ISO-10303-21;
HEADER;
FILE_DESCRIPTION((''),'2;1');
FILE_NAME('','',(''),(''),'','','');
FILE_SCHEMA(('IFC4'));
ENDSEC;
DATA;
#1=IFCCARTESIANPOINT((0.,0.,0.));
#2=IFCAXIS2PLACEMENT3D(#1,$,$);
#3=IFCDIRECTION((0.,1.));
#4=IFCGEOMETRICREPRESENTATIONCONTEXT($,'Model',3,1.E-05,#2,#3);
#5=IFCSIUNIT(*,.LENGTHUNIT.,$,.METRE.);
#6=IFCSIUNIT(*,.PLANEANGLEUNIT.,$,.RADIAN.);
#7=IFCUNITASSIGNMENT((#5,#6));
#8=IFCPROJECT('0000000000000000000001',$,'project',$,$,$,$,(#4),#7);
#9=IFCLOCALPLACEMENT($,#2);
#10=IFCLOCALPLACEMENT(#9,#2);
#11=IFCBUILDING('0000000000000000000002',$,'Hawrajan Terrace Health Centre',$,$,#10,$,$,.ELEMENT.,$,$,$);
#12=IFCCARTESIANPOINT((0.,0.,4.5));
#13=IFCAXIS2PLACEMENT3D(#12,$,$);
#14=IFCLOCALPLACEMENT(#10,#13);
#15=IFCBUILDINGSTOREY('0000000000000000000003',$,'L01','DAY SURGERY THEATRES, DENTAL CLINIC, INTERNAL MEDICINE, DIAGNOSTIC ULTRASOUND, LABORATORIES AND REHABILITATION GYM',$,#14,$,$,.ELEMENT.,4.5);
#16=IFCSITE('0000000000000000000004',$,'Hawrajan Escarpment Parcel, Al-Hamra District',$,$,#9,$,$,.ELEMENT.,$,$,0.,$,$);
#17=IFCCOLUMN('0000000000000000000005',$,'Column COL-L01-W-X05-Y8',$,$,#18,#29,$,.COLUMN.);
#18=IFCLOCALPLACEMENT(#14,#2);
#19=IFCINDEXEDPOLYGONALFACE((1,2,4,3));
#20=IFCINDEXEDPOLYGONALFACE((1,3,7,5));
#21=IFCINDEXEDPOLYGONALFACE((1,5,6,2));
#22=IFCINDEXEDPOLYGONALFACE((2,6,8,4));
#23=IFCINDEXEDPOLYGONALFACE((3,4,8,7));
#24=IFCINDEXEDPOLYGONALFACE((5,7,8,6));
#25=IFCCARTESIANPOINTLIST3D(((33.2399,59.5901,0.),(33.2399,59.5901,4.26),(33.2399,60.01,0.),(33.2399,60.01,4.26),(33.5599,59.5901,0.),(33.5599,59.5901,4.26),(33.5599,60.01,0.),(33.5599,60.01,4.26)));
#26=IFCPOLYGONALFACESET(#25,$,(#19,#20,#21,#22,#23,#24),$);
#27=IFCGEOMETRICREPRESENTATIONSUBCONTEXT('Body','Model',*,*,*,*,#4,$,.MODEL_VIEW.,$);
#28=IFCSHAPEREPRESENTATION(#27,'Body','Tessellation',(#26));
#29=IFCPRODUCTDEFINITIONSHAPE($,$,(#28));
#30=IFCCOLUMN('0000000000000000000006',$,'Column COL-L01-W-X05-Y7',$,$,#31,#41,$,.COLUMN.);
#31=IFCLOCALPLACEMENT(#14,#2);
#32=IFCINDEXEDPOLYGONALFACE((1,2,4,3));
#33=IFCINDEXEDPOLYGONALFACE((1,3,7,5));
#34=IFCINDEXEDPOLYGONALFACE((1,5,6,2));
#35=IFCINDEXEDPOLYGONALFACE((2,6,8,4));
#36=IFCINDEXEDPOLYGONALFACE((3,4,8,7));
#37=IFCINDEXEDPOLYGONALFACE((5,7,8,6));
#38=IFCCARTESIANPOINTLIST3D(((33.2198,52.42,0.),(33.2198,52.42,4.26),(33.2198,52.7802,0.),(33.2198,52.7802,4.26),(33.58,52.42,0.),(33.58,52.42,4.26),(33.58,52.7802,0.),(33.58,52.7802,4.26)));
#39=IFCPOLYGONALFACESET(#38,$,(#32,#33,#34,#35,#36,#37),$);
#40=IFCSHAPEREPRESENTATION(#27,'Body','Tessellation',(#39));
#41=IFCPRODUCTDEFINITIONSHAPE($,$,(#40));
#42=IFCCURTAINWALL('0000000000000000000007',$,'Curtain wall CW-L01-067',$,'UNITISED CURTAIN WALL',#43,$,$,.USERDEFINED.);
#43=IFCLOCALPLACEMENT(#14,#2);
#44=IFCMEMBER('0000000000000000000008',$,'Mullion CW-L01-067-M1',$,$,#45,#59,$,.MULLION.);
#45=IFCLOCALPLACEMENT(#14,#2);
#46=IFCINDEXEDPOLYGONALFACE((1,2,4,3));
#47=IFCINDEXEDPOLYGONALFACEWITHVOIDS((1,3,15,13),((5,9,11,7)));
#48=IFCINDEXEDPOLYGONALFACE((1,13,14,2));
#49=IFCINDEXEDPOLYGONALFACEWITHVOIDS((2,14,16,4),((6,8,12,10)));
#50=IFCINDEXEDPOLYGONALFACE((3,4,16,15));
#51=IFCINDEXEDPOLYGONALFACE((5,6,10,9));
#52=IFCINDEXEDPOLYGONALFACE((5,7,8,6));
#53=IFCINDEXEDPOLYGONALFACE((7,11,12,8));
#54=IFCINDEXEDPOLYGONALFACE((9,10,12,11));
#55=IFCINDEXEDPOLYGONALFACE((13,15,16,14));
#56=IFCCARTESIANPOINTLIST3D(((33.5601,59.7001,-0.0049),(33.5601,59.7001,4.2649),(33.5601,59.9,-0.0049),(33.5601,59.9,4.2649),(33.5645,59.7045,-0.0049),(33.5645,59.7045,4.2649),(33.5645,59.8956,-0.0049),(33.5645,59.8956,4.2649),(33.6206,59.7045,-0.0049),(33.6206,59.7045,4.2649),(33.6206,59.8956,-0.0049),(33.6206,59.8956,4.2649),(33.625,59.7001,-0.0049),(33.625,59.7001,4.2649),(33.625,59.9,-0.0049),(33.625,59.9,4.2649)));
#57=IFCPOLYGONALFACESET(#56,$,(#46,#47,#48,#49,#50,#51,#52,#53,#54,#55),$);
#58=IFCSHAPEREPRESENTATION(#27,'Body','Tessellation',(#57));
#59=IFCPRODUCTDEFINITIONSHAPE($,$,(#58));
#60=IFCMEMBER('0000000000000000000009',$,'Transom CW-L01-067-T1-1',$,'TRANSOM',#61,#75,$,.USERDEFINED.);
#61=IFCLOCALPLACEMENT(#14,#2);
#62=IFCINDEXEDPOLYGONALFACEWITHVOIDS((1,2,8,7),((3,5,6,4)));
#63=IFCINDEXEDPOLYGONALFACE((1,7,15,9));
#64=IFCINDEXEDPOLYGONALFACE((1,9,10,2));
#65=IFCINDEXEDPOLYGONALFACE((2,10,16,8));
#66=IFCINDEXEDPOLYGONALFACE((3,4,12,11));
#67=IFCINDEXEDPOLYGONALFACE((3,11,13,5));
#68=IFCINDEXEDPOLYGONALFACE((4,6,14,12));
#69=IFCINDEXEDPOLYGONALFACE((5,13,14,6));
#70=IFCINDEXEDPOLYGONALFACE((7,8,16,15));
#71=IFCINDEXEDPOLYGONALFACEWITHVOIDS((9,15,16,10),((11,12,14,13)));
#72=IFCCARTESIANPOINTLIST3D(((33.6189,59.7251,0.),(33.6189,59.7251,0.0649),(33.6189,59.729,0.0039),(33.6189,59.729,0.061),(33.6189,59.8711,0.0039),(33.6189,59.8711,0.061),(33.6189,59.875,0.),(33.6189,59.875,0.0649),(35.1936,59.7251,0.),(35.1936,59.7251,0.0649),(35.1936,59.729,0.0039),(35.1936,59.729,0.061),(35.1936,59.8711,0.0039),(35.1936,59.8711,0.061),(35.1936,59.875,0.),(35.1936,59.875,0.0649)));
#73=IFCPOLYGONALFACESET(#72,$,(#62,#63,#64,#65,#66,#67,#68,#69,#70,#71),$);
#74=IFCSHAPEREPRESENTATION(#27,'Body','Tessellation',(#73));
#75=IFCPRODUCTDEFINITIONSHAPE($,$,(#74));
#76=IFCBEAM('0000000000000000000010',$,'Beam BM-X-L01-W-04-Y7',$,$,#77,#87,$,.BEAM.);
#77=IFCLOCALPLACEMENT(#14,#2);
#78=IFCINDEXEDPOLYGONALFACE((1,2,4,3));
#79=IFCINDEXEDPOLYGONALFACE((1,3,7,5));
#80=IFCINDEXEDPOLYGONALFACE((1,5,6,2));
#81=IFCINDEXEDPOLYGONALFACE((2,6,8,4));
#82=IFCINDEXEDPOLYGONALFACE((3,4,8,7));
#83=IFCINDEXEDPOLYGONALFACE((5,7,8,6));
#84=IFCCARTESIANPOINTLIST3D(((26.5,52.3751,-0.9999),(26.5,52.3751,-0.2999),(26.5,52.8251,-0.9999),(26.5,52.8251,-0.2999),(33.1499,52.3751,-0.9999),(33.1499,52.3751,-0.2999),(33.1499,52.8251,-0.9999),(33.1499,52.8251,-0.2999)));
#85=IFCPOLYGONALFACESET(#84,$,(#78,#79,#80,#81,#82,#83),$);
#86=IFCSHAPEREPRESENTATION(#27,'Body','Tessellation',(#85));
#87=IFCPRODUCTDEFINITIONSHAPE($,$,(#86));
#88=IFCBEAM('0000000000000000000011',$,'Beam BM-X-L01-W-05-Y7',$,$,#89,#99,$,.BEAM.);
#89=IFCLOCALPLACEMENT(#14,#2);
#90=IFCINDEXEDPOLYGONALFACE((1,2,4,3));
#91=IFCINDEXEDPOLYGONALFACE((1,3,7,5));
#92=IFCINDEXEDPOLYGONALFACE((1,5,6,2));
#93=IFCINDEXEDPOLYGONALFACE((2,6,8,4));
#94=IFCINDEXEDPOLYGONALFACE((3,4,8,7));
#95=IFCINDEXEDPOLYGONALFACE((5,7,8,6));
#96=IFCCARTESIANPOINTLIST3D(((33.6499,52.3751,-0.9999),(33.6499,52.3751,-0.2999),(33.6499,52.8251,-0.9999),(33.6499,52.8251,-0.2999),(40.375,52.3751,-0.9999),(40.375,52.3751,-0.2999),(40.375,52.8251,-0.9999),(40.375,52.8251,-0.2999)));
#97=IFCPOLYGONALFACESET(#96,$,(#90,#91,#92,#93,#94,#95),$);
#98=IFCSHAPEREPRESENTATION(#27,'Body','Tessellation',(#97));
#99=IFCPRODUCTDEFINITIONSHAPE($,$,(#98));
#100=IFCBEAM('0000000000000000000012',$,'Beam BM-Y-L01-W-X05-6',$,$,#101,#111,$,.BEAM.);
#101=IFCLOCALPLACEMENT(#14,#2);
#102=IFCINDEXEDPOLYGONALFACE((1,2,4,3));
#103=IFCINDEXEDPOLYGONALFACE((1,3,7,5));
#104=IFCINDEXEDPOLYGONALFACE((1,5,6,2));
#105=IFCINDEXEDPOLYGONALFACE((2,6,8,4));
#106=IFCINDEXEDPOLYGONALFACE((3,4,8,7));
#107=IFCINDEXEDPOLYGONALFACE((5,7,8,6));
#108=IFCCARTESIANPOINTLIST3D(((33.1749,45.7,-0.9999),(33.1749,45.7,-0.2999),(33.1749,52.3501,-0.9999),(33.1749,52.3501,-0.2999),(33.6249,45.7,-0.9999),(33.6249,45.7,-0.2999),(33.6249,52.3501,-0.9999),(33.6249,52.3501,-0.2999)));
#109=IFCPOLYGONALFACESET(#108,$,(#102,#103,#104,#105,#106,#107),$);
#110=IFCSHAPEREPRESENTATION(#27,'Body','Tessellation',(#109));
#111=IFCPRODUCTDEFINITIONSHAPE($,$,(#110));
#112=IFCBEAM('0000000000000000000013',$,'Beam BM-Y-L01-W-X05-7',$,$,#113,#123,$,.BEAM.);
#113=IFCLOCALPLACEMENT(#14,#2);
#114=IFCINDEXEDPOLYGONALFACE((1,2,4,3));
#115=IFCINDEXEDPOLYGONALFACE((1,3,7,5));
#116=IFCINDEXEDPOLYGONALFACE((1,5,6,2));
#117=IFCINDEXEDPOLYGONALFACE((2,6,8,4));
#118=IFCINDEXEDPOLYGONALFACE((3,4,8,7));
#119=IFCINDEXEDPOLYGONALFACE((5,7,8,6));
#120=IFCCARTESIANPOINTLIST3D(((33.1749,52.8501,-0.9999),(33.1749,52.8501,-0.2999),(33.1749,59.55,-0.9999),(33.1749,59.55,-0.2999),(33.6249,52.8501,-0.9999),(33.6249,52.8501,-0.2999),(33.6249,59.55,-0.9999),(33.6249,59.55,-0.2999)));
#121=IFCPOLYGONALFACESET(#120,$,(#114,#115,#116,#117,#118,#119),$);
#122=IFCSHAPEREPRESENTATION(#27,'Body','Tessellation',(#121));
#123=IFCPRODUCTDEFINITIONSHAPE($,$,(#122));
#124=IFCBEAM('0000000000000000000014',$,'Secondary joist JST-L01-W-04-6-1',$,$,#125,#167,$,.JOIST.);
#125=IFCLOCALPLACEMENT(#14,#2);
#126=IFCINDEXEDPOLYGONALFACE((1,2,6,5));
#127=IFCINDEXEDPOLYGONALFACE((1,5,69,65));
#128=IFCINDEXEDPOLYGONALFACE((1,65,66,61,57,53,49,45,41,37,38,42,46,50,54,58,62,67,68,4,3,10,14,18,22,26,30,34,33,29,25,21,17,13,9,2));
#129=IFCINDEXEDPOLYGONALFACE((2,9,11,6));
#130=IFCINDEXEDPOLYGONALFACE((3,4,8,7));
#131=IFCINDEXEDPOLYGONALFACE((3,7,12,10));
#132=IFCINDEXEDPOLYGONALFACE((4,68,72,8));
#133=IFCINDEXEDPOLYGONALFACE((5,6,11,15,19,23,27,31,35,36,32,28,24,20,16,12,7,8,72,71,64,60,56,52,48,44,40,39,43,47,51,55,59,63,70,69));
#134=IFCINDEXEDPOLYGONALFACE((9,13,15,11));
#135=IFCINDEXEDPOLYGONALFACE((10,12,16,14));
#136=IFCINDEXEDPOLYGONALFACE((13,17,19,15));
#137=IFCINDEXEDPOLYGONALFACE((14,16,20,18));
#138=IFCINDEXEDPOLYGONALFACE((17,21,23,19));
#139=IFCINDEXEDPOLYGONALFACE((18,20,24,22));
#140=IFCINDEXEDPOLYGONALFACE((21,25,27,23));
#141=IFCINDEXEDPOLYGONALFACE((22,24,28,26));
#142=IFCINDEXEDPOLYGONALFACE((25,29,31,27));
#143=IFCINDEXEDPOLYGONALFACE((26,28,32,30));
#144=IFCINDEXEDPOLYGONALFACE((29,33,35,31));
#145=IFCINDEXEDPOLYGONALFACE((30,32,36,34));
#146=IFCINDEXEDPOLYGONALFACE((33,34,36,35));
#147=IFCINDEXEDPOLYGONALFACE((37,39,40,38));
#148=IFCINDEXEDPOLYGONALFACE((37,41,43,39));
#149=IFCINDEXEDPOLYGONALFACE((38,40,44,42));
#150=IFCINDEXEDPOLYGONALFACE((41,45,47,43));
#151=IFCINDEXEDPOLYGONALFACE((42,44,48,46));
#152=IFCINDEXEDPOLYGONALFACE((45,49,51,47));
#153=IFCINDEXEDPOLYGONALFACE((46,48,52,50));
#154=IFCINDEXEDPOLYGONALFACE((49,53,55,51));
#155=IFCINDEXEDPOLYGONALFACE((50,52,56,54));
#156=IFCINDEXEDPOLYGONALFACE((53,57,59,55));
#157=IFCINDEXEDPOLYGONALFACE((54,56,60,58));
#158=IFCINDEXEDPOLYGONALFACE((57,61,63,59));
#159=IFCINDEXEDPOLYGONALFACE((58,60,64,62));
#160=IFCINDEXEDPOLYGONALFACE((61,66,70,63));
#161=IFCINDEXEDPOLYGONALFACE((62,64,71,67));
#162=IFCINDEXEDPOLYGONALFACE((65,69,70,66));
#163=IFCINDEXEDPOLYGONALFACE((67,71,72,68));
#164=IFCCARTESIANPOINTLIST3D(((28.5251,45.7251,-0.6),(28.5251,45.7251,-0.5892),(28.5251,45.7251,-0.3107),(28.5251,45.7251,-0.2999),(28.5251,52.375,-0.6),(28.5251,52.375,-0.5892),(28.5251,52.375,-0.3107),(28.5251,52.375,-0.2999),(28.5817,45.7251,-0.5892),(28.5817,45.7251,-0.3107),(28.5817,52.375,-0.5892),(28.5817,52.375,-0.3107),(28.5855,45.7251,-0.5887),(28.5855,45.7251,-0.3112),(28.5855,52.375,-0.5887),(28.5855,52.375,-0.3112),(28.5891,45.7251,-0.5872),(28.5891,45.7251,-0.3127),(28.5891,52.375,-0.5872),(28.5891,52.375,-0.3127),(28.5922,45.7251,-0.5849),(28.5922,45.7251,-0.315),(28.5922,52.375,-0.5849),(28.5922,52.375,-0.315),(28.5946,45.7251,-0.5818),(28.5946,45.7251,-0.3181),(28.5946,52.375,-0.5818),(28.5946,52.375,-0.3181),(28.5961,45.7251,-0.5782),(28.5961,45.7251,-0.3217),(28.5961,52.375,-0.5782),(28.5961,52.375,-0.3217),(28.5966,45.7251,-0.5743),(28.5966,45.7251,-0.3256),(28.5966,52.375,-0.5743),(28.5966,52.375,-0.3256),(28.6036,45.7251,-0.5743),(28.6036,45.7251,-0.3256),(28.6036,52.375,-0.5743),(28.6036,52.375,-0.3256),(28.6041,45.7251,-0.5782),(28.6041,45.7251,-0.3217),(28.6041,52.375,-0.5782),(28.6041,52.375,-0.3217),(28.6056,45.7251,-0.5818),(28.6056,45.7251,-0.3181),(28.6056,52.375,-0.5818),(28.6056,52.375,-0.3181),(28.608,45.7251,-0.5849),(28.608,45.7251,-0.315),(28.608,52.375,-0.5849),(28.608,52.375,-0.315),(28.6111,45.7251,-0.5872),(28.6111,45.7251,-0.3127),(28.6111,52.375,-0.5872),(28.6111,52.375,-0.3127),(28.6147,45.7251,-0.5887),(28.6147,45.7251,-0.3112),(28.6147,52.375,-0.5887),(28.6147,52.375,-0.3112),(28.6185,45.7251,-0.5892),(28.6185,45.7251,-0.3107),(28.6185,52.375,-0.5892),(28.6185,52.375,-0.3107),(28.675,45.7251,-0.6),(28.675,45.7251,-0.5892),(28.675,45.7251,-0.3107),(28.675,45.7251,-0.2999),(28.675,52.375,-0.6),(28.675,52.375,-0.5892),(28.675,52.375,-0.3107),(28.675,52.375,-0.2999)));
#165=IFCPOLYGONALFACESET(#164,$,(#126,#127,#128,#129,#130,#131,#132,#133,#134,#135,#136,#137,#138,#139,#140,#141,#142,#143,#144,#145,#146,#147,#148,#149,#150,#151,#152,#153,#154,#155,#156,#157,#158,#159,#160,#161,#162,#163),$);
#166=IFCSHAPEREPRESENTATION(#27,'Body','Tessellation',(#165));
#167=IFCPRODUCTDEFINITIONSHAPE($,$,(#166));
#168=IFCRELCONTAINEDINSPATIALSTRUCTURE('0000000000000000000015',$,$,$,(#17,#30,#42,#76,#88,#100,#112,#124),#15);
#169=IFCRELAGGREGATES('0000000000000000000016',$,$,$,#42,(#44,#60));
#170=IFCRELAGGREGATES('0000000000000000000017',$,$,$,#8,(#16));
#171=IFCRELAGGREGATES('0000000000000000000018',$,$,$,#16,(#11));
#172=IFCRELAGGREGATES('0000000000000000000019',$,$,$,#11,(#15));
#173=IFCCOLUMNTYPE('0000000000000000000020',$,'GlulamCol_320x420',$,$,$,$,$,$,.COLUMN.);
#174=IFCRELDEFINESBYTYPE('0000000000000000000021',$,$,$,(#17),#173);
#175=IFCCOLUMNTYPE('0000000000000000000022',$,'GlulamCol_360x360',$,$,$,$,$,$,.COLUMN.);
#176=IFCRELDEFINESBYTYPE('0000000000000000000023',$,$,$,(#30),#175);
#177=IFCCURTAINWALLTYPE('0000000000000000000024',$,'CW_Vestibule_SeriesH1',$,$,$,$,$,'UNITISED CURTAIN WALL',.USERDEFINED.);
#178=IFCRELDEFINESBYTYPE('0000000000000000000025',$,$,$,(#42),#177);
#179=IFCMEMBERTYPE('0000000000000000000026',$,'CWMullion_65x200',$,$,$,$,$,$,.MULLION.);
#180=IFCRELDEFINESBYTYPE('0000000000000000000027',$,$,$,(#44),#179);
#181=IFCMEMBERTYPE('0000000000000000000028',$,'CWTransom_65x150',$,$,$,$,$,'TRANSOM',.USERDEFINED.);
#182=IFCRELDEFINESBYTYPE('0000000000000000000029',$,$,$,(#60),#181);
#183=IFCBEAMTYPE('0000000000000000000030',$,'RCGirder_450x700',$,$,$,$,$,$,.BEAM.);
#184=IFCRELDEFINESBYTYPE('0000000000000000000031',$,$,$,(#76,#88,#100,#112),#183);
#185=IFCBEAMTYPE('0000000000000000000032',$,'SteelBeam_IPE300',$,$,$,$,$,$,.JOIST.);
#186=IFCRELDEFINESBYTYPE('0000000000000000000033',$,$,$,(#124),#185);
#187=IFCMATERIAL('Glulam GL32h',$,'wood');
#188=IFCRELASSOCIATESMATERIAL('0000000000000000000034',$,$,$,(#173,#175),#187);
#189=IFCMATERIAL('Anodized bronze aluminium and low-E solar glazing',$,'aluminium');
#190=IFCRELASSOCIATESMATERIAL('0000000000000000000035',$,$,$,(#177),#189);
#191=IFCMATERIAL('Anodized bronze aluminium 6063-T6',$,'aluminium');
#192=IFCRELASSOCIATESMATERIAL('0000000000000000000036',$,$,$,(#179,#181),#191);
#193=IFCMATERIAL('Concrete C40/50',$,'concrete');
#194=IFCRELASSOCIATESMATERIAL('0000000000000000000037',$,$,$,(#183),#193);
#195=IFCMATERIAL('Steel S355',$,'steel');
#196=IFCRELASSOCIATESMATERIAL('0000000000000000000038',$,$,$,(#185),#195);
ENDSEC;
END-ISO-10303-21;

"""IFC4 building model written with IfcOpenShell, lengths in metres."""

from ifc_helpers import new_model, si_unit, direction, frame, origin, origin_2d, place, context, subcontext, project, spatial, rectangle, hollow_rectangle, i_section, extrude, material, material_profile, profile_set, type_object, element, aggregate, save


model = new_model("IFC4")

# Units and contexts
model_context = context("Model", 3, precision=1e-05, world=origin(), true_north=direction((0.0, 1.0)))
body_context = subcontext(model_context, "Body", "Model", "MODEL_VIEW")
ifc_project = project(units=[si_unit("LENGTHUNIT", "METRE"), si_unit("PLANEANGLEUNIT", "RADIAN")], contexts=[model_context])

# Site, building, storey
site_placement = place(None, origin())
site = spatial("IfcSite", under=ifc_project, at=site_placement, Name="Hawrajan Escarpment Parcel, Al-Hamra District", CompositionType="ELEMENT", RefElevation=0.0)
building_placement = place(site_placement, origin())
building = spatial("IfcBuilding", under=site, at=building_placement, Name="Hawrajan Terrace Health Centre", CompositionType="ELEMENT")
storey_placement = place(building_placement, frame((0.0, 0.0, 4.5)))
storey = spatial("IfcBuildingStorey", under=building, at=storey_placement, Name="L01", Description="DAY SURGERY THEATRES, DENTAL CLINIC, INTERNAL MEDICINE, DIAGNOSTIC ULTRASOUND, LABORATORIES AND REHABILITATION GYM", CompositionType="ELEMENT", Elevation=4.5)

# Columns
ifc_material_1 = material(Name="Glulam GL32h", Category="wood")
ifc_material_profile_1 = material_profile(ifc_material_1, rectangle(XDim=0.3201, YDim=0.4199, at=origin_2d()), Name="GL 320x420")
ifc_profile_set_1 = profile_set([ifc_material_profile_1], Name="Glulam GL32h")
column_type_1 = type_object("IfcColumnType", Name="GlulamCol_320x420", PredefinedType="COLUMN", material=ifc_profile_set_1)
column_1_placement = place(storey_placement, frame((33.3999, 59.8, 0.0), z_axis=(0.0, 0.0, 1.0), x_axis=(1.0, 0.0, 0.0)))
element("IfcColumn", 1, at=column_1_placement, inside=storey, type_object=column_type_1, Name="Column COL-L01-W-X05-Y8", PredefinedType="COLUMN", context=body_context, shape_type="SweptSolid", body=[
    extrude(rectangle(XDim=0.3201, YDim=0.4199, at=origin_2d()), origin(), (0.0, 0.0, 1.0), 4.26),
])
ifc_material_profile_2 = material_profile(ifc_material_1, rectangle(XDim=0.3601, YDim=0.3601, at=origin_2d()), Name="GL 360x360")
ifc_profile_set_2 = profile_set([ifc_material_profile_2], Name="Glulam GL32h")
column_type_2 = type_object("IfcColumnType", Name="GlulamCol_360x360", PredefinedType="COLUMN", material=ifc_profile_set_2)
column_2_placement = place(storey_placement, frame((33.3999, 52.6001, 0.0), z_axis=(0.0, 0.0, 1.0), x_axis=(1.0, 0.0, 0.0)))
element("IfcColumn", 2, at=column_2_placement, inside=storey, type_object=column_type_2, Name="Column COL-L01-W-X05-Y7", PredefinedType="COLUMN", context=body_context, shape_type="SweptSolid", body=[
    extrude(rectangle(XDim=0.3601, YDim=0.3601, at=origin_2d()), origin(), (0.0, 0.0, 1.0), 4.26),
])

# Curtain wall, members
ifc_material_2 = material(Name="Anodized bronze aluminium and low-E solar glazing", Category="aluminium")
curtain_wall_type = type_object("IfcCurtainWallType", Name="CW_Vestibule_SeriesH1", ElementType="UNITISED CURTAIN WALL", PredefinedType="USERDEFINED", material=ifc_material_2)
curtain_wall_placement = place(storey_placement, origin())
curtain_wall = element("IfcCurtainWall", 3, at=curtain_wall_placement, inside=storey, type_object=curtain_wall_type, Name="Curtain wall CW-L01-067", ObjectType="UNITISED CURTAIN WALL", PredefinedType="USERDEFINED")
ifc_material_3 = material(Name="Anodized bronze aluminium 6063-T6", Category="aluminium")
ifc_material_profile_3 = material_profile(ifc_material_3, hollow_rectangle(XDim=0.0649, YDim=0.2, WallThickness=0.0044, at=origin_2d()), Name="CW MUL 65x200")
ifc_profile_set_3 = profile_set([ifc_material_profile_3], Name="Anodized bronze aluminium 6063-T6")
member_type_1 = type_object("IfcMemberType", Name="CWMullion_65x200", PredefinedType="MULLION", material=ifc_profile_set_3)
member_1_placement = place(storey_placement, frame((33.5925, 59.8, -0.0049), z_axis=(0.0, 0.0, 1.0), x_axis=(1.0, 0.0, 0.0)))
member_1 = element("IfcMember", 4, at=member_1_placement, type_object=member_type_1, Name="Mullion CW-L01-067-M1", PredefinedType="MULLION", context=body_context, shape_type="SweptSolid", body=[
    extrude(hollow_rectangle(XDim=0.0649, YDim=0.2, WallThickness=0.0044, at=origin_2d()), origin(), (0.0, 0.0, 1.0), 4.2698),
])
ifc_material_profile_4 = material_profile(ifc_material_3, hollow_rectangle(XDim=0.0649, YDim=0.1499, WallThickness=0.0039, at=origin_2d()), Name="CW TRN 65x150")
ifc_profile_set_4 = profile_set([ifc_material_profile_4], Name="Anodized bronze aluminium 6063-T6")
member_type_2 = type_object("IfcMemberType", Name="CWTransom_65x150", ElementType="TRANSOM", PredefinedType="USERDEFINED", material=ifc_profile_set_4)
member_2_placement = place(storey_placement, frame((33.6189, 59.8, 0.0325), z_axis=(1.0, 0.0, 0.0), x_axis=(0.0, 0.0, 1.0)))
member_2 = element("IfcMember", 5, at=member_2_placement, type_object=member_type_2, Name="Transom CW-L01-067-T1-1", ObjectType="TRANSOM", PredefinedType="USERDEFINED", context=body_context, shape_type="SweptSolid", body=[
    extrude(hollow_rectangle(XDim=0.0649, YDim=0.1499, WallThickness=0.0039, at=origin_2d()), origin(), (0.0, 0.0, 1.0), 1.5747),
])
aggregate(curtain_wall, [member_1, member_2])

# Beams
ifc_material_4 = material(Name="Concrete C40/50", Category="concrete")
ifc_material_profile_5 = material_profile(ifc_material_4, rectangle(XDim=0.45, YDim=0.7, at=origin_2d()), Name="RC BM 450x700")
ifc_profile_set_5 = profile_set([ifc_material_profile_5], Name="Concrete C40/50")
beam_type_1 = type_object("IfcBeamType", Name="RCGirder_450x700", PredefinedType="BEAM", material=ifc_profile_set_5)
beam_1_placement = place(storey_placement, frame((26.5, 52.6001, -0.6499), z_axis=(1.0, 0.0, 0.0), x_axis=(0.0, 1.0, 0.0)))
element("IfcBeam", 6, at=beam_1_placement, inside=storey, type_object=beam_type_1, Name="Beam BM-X-L01-W-04-Y7", PredefinedType="BEAM", context=body_context, shape_type="SweptSolid", body=[
    extrude(rectangle(XDim=0.45, YDim=0.7, at=origin_2d()), origin(), (0.0, 0.0, 1.0), 6.6499),
])
beam_2_placement = place(storey_placement, frame((33.6499, 52.6001, -0.6499), z_axis=(1.0, 0.0, 0.0), x_axis=(0.0, 1.0, 0.0)))
element("IfcBeam", 7, at=beam_2_placement, inside=storey, type_object=beam_type_1, Name="Beam BM-X-L01-W-05-Y7", PredefinedType="BEAM", context=body_context, shape_type="SweptSolid", body=[
    extrude(rectangle(XDim=0.45, YDim=0.7, at=origin_2d()), origin(), (0.0, 0.0, 1.0), 6.7251),
])
beam_3_placement = place(storey_placement, frame((33.3999, 45.7, -0.6499), z_axis=(0.0, 1.0, 0.0), x_axis=(-1.0, 0.0, 0.0)))
element("IfcBeam", 8, at=beam_3_placement, inside=storey, type_object=beam_type_1, Name="Beam BM-Y-L01-W-X05-6", PredefinedType="BEAM", context=body_context, shape_type="SweptSolid", body=[
    extrude(rectangle(XDim=0.45, YDim=0.7, at=origin_2d()), origin(), (0.0, 0.0, 1.0), 6.6501),
])
beam_4_placement = place(storey_placement, frame((33.3999, 52.8501, -0.6499), z_axis=(0.0, 1.0, 0.0), x_axis=(-1.0, 0.0, 0.0)))
element("IfcBeam", 9, at=beam_4_placement, inside=storey, type_object=beam_type_1, Name="Beam BM-Y-L01-W-X05-7", PredefinedType="BEAM", context=body_context, shape_type="SweptSolid", body=[
    extrude(rectangle(XDim=0.45, YDim=0.7, at=origin_2d()), origin(), (0.0, 0.0, 1.0), 6.7),
])
ifc_material_5 = material(Name="Steel S355", Category="steel")
ifc_material_profile_6 = material_profile(ifc_material_5, i_section(OverallWidth=0.1499, OverallDepth=0.3, WebThickness=0.0071, FlangeThickness=0.0107, FilletRadius=0.0149, at=origin_2d()), Name="IPE 300")
ifc_profile_set_6 = profile_set([ifc_material_profile_6], Name="Steel S355")
beam_type_2 = type_object("IfcBeamType", Name="SteelBeam_IPE300", PredefinedType="JOIST", material=ifc_profile_set_6)
for number, where, z_axis, x_axis, name in (
    (10, (28.6001, 45.7251, -0.45), (0.0, 1.0, 0.0), (-1.0, 0.0, 0.0), "Secondary joist JST-L01-W-04-6-1"),
):
    element("IfcBeam", number, at=place(storey_placement, frame(where, z_axis=z_axis, x_axis=x_axis)), inside=storey, type_object=beam_type_2, Name=name, PredefinedType="JOIST", context=body_context, shape_type="SweptSolid", body=[
        extrude(i_section(OverallWidth=0.1499, OverallDepth=0.3, WebThickness=0.0071, FlangeThickness=0.0107, FilletRadius=0.0149, at=origin_2d()), origin(), (0.0, 0.0, 1.0), 6.6499),
    ])

save(model, "model.ifc")
